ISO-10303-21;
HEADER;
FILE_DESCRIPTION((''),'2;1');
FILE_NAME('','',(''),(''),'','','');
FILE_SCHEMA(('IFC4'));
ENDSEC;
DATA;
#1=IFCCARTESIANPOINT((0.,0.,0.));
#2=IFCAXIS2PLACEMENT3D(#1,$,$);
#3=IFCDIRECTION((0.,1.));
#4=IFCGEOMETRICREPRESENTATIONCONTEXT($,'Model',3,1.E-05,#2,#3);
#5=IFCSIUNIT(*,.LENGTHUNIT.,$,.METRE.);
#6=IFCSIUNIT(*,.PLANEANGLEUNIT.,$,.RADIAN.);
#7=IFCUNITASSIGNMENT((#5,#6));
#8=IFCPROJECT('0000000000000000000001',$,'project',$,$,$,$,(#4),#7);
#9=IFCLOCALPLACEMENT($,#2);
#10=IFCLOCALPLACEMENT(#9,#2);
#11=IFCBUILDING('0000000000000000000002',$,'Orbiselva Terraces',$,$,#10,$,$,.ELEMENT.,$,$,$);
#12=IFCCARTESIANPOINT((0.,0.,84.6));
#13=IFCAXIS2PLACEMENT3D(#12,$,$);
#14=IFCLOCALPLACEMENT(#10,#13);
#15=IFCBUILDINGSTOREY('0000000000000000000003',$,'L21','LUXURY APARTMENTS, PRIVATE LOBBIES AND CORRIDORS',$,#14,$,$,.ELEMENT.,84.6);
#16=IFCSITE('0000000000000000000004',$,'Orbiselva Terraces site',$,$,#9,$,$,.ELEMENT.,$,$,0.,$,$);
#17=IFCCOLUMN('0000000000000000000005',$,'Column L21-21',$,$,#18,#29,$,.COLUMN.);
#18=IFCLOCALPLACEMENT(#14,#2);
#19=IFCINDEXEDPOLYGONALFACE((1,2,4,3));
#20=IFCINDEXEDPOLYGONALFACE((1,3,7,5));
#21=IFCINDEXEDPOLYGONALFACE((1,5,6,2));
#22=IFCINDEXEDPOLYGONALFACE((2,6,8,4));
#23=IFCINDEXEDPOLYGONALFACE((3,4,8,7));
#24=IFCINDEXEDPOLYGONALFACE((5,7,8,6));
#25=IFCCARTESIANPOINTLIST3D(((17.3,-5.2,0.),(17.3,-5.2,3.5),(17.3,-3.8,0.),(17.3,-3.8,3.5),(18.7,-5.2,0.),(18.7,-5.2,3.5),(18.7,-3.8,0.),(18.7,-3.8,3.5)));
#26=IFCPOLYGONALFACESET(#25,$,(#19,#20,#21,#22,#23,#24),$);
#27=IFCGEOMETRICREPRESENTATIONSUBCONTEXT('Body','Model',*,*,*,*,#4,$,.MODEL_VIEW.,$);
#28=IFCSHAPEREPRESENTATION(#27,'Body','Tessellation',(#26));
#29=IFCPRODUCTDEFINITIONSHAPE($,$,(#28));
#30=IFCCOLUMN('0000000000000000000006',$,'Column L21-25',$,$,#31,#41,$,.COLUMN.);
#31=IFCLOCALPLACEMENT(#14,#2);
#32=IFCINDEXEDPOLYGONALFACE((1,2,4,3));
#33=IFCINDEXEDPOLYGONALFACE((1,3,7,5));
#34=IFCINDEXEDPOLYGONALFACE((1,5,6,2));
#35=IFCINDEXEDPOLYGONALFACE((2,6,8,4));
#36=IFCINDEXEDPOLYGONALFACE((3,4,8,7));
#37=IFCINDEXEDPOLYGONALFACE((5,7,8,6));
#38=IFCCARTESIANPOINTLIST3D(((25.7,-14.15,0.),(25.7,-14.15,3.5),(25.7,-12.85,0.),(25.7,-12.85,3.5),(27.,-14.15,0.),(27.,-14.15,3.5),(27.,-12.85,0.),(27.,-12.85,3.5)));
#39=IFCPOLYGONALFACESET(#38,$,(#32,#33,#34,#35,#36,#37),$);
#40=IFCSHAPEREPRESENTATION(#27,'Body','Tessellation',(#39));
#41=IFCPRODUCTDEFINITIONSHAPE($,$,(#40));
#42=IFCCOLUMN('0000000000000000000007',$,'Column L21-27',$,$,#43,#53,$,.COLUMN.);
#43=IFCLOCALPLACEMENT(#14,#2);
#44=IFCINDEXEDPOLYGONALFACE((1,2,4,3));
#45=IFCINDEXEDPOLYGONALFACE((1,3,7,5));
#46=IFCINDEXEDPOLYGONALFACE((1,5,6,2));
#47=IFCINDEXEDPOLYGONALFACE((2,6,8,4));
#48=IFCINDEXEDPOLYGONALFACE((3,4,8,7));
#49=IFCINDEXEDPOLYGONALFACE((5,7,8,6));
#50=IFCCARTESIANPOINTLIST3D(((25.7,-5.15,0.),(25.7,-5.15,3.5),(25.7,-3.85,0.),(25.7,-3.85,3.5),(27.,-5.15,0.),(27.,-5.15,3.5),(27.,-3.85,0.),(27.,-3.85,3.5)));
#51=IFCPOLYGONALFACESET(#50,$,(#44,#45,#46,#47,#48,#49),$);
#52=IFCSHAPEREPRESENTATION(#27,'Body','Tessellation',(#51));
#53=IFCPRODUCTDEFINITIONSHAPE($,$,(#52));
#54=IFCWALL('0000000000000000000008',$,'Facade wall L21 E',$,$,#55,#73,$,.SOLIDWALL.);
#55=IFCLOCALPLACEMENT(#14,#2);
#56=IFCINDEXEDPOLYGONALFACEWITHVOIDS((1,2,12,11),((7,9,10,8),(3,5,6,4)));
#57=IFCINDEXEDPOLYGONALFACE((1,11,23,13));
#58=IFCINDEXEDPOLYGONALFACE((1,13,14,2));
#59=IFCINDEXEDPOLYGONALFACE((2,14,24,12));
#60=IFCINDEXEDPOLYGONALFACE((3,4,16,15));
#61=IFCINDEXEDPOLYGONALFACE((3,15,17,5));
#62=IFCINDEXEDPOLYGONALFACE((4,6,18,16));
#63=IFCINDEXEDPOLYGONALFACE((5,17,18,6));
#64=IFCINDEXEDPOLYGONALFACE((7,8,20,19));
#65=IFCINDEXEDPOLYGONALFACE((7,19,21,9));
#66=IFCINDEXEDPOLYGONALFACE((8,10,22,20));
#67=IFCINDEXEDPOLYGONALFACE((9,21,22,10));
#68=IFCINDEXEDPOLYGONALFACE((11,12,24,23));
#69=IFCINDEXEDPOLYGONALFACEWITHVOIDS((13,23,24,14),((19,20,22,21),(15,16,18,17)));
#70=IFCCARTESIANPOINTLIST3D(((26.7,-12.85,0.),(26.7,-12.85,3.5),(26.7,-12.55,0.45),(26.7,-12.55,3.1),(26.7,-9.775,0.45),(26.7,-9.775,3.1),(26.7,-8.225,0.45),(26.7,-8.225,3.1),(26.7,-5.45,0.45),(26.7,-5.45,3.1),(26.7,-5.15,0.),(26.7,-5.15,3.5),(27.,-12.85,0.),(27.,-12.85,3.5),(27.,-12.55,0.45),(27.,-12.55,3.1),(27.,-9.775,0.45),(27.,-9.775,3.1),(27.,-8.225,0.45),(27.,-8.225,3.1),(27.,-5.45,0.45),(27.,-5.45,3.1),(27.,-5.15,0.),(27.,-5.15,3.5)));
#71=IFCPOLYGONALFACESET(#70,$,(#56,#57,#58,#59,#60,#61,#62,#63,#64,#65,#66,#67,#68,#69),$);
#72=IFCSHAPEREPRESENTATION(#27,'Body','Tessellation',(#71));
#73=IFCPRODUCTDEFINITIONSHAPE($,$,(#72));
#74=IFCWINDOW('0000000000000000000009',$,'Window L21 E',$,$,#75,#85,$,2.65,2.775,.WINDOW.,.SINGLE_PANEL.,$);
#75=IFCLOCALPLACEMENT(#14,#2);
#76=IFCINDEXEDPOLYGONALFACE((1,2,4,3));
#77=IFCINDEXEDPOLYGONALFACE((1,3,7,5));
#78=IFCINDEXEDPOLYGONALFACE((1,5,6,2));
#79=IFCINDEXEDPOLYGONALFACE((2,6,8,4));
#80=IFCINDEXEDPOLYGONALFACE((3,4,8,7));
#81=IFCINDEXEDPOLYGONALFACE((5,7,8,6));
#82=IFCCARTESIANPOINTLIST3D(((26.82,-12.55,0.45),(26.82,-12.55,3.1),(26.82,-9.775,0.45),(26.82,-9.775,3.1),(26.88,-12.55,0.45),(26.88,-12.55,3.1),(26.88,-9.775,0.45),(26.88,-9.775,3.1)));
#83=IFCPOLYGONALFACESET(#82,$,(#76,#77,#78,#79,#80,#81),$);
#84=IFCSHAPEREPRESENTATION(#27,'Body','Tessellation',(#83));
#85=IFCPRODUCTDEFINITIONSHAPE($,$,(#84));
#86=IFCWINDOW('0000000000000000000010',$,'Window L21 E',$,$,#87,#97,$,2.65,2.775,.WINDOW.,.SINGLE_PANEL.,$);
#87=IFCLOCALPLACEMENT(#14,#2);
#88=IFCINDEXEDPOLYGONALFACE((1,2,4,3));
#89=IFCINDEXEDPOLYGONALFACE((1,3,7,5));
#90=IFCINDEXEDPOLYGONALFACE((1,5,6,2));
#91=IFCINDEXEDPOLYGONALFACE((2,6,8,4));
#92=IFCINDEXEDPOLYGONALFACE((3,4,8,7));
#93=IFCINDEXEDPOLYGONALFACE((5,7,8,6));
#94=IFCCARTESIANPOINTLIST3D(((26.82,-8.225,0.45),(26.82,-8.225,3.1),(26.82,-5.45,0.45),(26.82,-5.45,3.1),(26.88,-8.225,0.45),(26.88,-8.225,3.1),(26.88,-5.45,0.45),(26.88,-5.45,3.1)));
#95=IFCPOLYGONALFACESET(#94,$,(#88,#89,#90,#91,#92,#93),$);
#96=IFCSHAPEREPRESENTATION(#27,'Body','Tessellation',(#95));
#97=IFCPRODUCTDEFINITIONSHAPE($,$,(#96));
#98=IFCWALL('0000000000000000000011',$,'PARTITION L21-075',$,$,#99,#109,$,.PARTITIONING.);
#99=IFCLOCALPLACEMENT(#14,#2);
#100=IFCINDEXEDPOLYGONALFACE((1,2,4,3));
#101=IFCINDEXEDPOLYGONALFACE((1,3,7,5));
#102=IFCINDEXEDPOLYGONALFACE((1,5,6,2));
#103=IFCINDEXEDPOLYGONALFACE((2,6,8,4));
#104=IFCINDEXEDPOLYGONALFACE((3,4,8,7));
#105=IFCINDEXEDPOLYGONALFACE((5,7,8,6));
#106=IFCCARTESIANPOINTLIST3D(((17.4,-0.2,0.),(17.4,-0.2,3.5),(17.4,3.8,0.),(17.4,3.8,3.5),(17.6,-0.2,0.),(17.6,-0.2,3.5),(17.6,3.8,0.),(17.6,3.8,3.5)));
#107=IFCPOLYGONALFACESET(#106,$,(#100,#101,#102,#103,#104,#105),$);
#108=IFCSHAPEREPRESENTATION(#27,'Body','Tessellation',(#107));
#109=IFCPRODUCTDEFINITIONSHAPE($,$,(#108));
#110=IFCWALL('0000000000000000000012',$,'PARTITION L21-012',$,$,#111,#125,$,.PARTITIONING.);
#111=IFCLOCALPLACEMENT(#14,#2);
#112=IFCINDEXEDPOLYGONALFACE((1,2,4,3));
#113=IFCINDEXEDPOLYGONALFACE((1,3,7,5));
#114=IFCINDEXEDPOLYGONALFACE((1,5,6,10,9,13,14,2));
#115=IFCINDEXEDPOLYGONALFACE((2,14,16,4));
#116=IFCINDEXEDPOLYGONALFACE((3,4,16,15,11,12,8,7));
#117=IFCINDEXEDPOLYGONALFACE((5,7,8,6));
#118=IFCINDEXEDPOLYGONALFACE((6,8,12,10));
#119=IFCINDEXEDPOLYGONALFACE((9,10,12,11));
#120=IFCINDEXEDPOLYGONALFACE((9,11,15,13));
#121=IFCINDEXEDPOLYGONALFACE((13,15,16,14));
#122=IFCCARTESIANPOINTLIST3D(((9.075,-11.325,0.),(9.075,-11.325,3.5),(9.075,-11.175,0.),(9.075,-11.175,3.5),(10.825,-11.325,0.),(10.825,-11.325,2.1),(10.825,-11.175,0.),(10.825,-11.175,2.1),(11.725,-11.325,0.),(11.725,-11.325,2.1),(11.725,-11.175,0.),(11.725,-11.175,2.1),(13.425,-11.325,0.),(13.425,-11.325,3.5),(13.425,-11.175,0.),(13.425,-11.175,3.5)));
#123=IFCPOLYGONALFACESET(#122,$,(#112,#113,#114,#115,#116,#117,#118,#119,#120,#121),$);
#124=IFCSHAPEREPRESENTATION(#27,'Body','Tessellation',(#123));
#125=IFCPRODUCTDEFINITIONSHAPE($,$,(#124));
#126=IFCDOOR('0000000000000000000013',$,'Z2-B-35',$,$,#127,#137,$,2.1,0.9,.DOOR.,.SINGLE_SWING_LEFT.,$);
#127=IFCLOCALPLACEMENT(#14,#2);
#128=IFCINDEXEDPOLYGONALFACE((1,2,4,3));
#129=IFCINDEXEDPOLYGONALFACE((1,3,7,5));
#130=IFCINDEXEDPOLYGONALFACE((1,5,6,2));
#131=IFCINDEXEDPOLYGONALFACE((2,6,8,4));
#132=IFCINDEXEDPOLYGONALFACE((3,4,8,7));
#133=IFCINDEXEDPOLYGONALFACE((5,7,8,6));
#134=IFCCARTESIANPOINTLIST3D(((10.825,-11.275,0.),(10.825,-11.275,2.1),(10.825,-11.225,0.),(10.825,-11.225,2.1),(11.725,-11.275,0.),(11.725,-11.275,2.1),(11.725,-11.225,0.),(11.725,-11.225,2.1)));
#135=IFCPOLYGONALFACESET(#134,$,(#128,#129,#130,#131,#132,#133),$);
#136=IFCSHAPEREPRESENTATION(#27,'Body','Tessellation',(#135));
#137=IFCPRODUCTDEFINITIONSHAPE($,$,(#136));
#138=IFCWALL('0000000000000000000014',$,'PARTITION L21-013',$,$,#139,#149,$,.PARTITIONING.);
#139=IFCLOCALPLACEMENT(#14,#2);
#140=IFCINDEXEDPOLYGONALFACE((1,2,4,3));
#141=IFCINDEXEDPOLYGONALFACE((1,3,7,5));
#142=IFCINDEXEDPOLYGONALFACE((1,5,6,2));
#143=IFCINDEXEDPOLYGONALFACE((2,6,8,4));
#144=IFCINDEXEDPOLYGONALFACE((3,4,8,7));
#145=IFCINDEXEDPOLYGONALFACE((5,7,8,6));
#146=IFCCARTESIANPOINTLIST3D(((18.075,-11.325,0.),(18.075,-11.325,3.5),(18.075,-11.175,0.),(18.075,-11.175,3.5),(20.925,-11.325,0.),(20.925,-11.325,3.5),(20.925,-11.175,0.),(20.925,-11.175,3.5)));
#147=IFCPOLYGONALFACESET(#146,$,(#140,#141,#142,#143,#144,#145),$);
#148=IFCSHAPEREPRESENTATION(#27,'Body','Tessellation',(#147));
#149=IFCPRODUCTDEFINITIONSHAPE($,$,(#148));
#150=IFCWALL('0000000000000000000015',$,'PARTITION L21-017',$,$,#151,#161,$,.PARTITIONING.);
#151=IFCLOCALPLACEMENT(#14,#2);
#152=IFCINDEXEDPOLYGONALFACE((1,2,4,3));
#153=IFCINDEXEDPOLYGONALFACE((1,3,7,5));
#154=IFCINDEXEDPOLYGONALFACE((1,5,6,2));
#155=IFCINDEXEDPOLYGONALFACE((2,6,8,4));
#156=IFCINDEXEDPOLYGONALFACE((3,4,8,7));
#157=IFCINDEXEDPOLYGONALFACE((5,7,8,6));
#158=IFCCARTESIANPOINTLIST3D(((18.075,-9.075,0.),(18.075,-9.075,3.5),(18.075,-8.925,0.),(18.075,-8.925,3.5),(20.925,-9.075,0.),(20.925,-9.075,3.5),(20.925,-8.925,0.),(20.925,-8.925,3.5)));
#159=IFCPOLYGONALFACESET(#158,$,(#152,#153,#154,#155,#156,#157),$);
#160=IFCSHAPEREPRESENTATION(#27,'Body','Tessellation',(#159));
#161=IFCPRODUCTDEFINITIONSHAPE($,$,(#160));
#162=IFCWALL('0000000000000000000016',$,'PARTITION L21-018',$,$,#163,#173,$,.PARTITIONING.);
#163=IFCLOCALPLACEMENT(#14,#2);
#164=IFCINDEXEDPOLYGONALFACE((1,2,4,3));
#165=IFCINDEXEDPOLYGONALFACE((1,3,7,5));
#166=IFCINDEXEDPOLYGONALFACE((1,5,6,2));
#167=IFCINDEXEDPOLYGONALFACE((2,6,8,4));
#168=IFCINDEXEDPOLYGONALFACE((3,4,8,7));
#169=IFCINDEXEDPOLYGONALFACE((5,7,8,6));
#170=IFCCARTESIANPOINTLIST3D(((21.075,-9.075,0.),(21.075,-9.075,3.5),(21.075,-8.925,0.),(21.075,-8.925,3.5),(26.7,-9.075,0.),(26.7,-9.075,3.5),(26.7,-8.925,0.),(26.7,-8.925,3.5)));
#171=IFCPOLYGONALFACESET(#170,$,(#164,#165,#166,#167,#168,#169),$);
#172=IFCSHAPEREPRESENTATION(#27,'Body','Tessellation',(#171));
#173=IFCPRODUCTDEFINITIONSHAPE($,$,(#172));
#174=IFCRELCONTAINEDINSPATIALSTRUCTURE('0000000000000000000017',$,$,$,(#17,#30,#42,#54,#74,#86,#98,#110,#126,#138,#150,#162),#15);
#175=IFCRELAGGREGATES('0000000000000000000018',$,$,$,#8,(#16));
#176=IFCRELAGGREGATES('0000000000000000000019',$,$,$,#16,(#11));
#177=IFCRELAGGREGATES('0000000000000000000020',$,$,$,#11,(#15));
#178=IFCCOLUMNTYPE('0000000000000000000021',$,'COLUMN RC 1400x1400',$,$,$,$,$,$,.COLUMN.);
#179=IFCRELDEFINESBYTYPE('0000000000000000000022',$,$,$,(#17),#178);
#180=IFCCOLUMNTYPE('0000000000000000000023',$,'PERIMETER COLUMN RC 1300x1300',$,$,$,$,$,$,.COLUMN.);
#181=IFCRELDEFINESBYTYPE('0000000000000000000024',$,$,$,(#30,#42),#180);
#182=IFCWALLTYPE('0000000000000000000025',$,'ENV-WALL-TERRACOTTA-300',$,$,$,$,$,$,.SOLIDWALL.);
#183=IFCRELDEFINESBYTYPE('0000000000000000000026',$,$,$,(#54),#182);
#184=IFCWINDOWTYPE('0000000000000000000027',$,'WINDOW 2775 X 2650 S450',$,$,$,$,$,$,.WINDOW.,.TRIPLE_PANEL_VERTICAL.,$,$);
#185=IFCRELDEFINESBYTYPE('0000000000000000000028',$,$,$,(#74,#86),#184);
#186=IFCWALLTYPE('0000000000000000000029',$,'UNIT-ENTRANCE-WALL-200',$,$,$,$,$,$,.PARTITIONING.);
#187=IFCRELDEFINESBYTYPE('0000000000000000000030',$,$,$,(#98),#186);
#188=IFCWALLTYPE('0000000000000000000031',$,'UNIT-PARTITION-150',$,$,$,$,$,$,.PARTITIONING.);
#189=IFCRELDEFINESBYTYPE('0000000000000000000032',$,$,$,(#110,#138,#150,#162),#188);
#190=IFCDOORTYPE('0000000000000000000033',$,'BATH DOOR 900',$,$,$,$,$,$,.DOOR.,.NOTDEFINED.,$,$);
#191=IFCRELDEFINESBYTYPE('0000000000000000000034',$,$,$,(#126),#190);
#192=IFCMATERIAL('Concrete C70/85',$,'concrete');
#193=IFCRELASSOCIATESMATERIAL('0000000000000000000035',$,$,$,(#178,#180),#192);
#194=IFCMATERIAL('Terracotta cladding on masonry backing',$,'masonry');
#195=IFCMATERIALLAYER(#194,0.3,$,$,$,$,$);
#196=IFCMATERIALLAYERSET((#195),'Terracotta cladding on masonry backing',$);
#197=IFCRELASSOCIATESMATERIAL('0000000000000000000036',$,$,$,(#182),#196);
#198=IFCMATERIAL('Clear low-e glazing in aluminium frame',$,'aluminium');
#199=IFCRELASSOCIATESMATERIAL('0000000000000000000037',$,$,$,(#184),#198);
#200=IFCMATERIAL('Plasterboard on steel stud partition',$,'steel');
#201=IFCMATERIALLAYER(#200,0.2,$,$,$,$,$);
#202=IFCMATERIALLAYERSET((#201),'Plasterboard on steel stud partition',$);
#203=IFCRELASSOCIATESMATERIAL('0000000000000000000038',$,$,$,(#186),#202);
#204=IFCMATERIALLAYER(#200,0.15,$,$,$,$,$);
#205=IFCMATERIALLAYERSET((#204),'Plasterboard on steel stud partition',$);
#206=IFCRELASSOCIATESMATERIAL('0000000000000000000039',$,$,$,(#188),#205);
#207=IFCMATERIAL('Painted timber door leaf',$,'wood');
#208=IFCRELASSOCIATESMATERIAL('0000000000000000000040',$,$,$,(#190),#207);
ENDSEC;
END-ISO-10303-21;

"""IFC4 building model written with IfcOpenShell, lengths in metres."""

from ifc_helpers import new_model, si_unit, direction, frame, frame_2d, origin, origin_2d, place, context, subcontext, project, spatial, rectangle, extrude, material, layer, layer_set, material_profile, profile_set, type_object, element, fill, save


model = new_model("IFC4")

# Units and contexts
model_context = context("Model", 3, precision=1e-05, world=origin(), true_north=direction((0.0, 1.0)))
body_context = subcontext(model_context, "Body", "Model", "MODEL_VIEW")
ifc_project = project(units=[si_unit("LENGTHUNIT", "METRE"), si_unit("PLANEANGLEUNIT", "RADIAN")], contexts=[model_context])

# Site, building, storey
site_placement = place(None, origin())
site = spatial("IfcSite", under=ifc_project, at=site_placement, Name="Orbiselva Terraces site", CompositionType="ELEMENT", RefElevation=0.0)
building_placement = place(site_placement, origin())
building = spatial("IfcBuilding", under=site, at=building_placement, Name="Orbiselva Terraces", CompositionType="ELEMENT")
storey_placement = place(building_placement, frame((0.0, 0.0, 84.6)))
storey = spatial("IfcBuildingStorey", under=building, at=storey_placement, Name="L21", Description="LUXURY APARTMENTS, PRIVATE LOBBIES AND CORRIDORS", CompositionType="ELEMENT", Elevation=84.6)

# Columns
ifc_material_1 = material(Name="Concrete C70/85", Category="concrete")
ifc_material_profile_1 = material_profile(ifc_material_1, rectangle(XDim=1.4, YDim=1.4, at=origin_2d()), Name="RC 1400x1400")
ifc_profile_set_1 = profile_set([ifc_material_profile_1], Name="Concrete C70/85")
column_type_1 = type_object("IfcColumnType", Name="COLUMN RC 1400x1400", PredefinedType="COLUMN", material=ifc_profile_set_1)
column_placement = place(storey_placement, frame((18.0, -4.5, 0.0), z_axis=(0.0, 0.0, 1.0), x_axis=(1.0, 0.0, 0.0)))
element("IfcColumn", 1, at=column_placement, inside=storey, type_object=column_type_1, Name="Column L21-21", PredefinedType="COLUMN", context=body_context, shape_type="SweptSolid", body=[
    extrude(rectangle(XDim=1.4, YDim=1.4, at=origin_2d()), origin(), (0.0, 0.0, 1.0), 3.5),
])
ifc_material_profile_2 = material_profile(ifc_material_1, rectangle(XDim=1.3, YDim=1.3, at=origin_2d()), Name="RC 1300x1300")
ifc_profile_set_2 = profile_set([ifc_material_profile_2], Name="Concrete C70/85")
column_type_2 = type_object("IfcColumnType", Name="PERIMETER COLUMN RC 1300x1300", PredefinedType="COLUMN", material=ifc_profile_set_2)
for number, where, z_axis, x_axis, name in (
    (2, (26.35, -13.5, 0.0), (0.0, 0.0, 1.0), (1.0, 0.0, 0.0), "Column L21-25"),
    (3, (26.35, -4.5, 0.0), (0.0, 0.0, 1.0), (1.0, 0.0, 0.0), "Column L21-27"),
):
    element("IfcColumn", number, at=place(storey_placement, frame(where, z_axis=z_axis, x_axis=x_axis)), inside=storey, type_object=column_type_2, Name=name, PredefinedType="COLUMN", context=body_context, shape_type="SweptSolid", body=[
        extrude(rectangle(XDim=1.3, YDim=1.3, at=origin_2d()), origin(), (0.0, 0.0, 1.0), 3.5),
    ])

# Wall, openings, windows
ifc_material_2 = material(Name="Terracotta cladding on masonry backing", Category="masonry")
ifc_layer_1 = layer(ifc_material_2, 0.3)
ifc_layer_set_1 = layer_set([ifc_layer_1], Name="Terracotta cladding on masonry backing")
wall_type_1 = type_object("IfcWallType", Name="ENV-WALL-TERRACOTTA-300", PredefinedType="SOLIDWALL", material=ifc_layer_set_1)
wall_1_placement = place(storey_placement, frame((26.85, -5.15, 0.0), z_axis=(0.0, 0.0, 1.0), x_axis=(0.0, -1.0, 0.0)))
wall_1 = element("IfcWall", 4, at=wall_1_placement, inside=storey, type_object=wall_type_1, Name="Facade wall L21 E", PredefinedType="SOLIDWALL", context=body_context, shape_type="SweptSolid", body=[
    extrude(rectangle(XDim=7.7, YDim=0.3, at=frame_2d((3.85, 0.0))), origin(), (0.0, 0.0, 1.0), 3.5),
])
opening_1_placement = place(wall_1_placement, frame((4.625, 0.0, 0.45)))
opening_1 = element("IfcOpeningElement", 5, at=opening_1_placement, cuts=wall_1, PredefinedType="OPENING", context=body_context, shape_type="SweptSolid", body=[
    extrude(rectangle(XDim=2.775, YDim=2.65, at=frame_2d((1.3875, 1.325))), frame((0.0, 0.16, 0.0), z_axis=(0.0, -1.0, 0.0), x_axis=(1.0, 0.0, 0.0)), (0.0, 0.0, 1.0), 0.32),
])
opening_2_placement = place(wall_1_placement, frame((0.3, 0.0, 0.45)))
opening_2 = element("IfcOpeningElement", 6, at=opening_2_placement, cuts=wall_1, PredefinedType="OPENING", context=body_context, shape_type="SweptSolid", body=[
    extrude(rectangle(XDim=2.775, YDim=2.65, at=frame_2d((1.3875, 1.325))), frame((0.0, 0.16, 0.0), z_axis=(0.0, -1.0, 0.0), x_axis=(1.0, 0.0, 0.0)), (0.0, 0.0, 1.0), 0.32),
])
ifc_material_3 = material(Name="Clear low-e glazing in aluminium frame", Category="aluminium")
window_type = type_object("IfcWindowType", Name="WINDOW 2775 X 2650 S450", PartitioningType="TRIPLE_PANEL_VERTICAL", PredefinedType="WINDOW", material=ifc_material_3)
window_1_placement = place(opening_1_placement, origin())
window_1 = element("IfcWindow", 7, at=window_1_placement, inside=storey, type_object=window_type, Name="Window L21 E", OverallHeight=2.65, OverallWidth=2.775, PartitioningType="SINGLE_PANEL", PredefinedType="WINDOW", context=body_context, shape_type="SweptSolid", body=[
    extrude(rectangle(XDim=2.775, YDim=2.65, at=frame_2d((1.3875, 1.325))), frame((0.0, 0.03, 0.0), z_axis=(0.0, -1.0, 0.0), x_axis=(1.0, 0.0, 0.0)), (0.0, 0.0, 1.0), 0.06),
])
fill(opening_1, window_1)
window_2_placement = place(opening_2_placement, origin())
window_2 = element("IfcWindow", 8, at=window_2_placement, inside=storey, type_object=window_type, Name="Window L21 E", OverallHeight=2.65, OverallWidth=2.775, PartitioningType="SINGLE_PANEL", PredefinedType="WINDOW", context=body_context, shape_type="SweptSolid", body=[
    extrude(rectangle(XDim=2.775, YDim=2.65, at=frame_2d((1.3875, 1.325))), frame((0.0, 0.03, 0.0), z_axis=(0.0, -1.0, 0.0), x_axis=(1.0, 0.0, 0.0)), (0.0, 0.0, 1.0), 0.06),
])
fill(opening_2, window_2)

# Wall
ifc_material_4 = material(Name="Plasterboard on steel stud partition", Category="steel")
ifc_layer_2 = layer(ifc_material_4, 0.2)
ifc_layer_set_2 = layer_set([ifc_layer_2], Name="Plasterboard on steel stud partition")
wall_type_2 = type_object("IfcWallType", Name="UNIT-ENTRANCE-WALL-200", PredefinedType="PARTITIONING", material=ifc_layer_set_2)
wall_2_placement = place(storey_placement, frame((17.5, -0.2, 0.0), z_axis=(0.0, 0.0, 1.0), x_axis=(0.0, 1.0, 0.0)))
element("IfcWall", 9, at=wall_2_placement, inside=storey, type_object=wall_type_2, Name="PARTITION L21-075", PredefinedType="PARTITIONING", context=body_context, shape_type="SweptSolid", body=[
    extrude(rectangle(XDim=4.0, YDim=0.2, at=frame_2d((2.0, 0.0))), origin(), (0.0, 0.0, 1.0), 3.5),
])

# Wall, opening, door
ifc_layer_3 = layer(ifc_material_4, 0.15)
ifc_layer_set_3 = layer_set([ifc_layer_3], Name="Plasterboard on steel stud partition")
wall_type_3 = type_object("IfcWallType", Name="UNIT-PARTITION-150", PredefinedType="PARTITIONING", material=ifc_layer_set_3)
wall_3_placement = place(storey_placement, frame((13.425, -11.25, 0.0), z_axis=(0.0, 0.0, 1.0), x_axis=(-1.0, 0.0, 0.0)))
wall_3 = element("IfcWall", 10, at=wall_3_placement, inside=storey, type_object=wall_type_3, Name="PARTITION L21-012", PredefinedType="PARTITIONING", context=body_context, shape_type="SweptSolid", body=[
    extrude(rectangle(XDim=4.35, YDim=0.15, at=frame_2d((2.175, 0.0))), origin(), (0.0, 0.0, 1.0), 3.5),
])
opening_3_placement = place(wall_3_placement, frame((1.7, 0.0, 0.0)))
opening_3 = element("IfcOpeningElement", 11, at=opening_3_placement, cuts=wall_3, PredefinedType="OPENING", context=body_context, shape_type="SweptSolid", body=[
    extrude(rectangle(XDim=0.9, YDim=2.1, at=frame_2d((0.45, 1.05))), frame((0.0, 0.085, 0.0), z_axis=(0.0, -1.0, 0.0), x_axis=(1.0, 0.0, 0.0)), (0.0, 0.0, 1.0), 0.17),
])
ifc_material_5 = material(Name="Painted timber door leaf", Category="wood")
door_type_1 = type_object("IfcDoorType", Name="BATH DOOR 900", OperationType="NOTDEFINED", PredefinedType="DOOR", material=ifc_material_5)
door_1_placement = place(opening_3_placement, origin())
door_1 = element("IfcDoor", 12, at=door_1_placement, inside=storey, type_object=door_type_1, Name="Z2-B-35", OperationType="SINGLE_SWING_LEFT", OverallHeight=2.1, OverallWidth=0.9, PredefinedType="DOOR", context=body_context, shape_type="SweptSolid", body=[
    extrude(rectangle(XDim=0.9, YDim=2.1, at=frame_2d((0.45, 1.05))), frame((0.0, 0.025, 0.0), z_axis=(0.0, -1.0, 0.0), x_axis=(1.0, 0.0, 0.0)), (0.0, 0.0, 1.0), 0.05),
])
fill(opening_3, door_1)

# Walls
for number, where, z_axis, x_axis, name in (
    (13, (18.075, -11.25, 0.0), (0.0, 0.0, 1.0), (1.0, 0.0, 0.0), "PARTITION L21-013"),
    (14, (18.075, -9.0, 0.0), (0.0, 0.0, 1.0), (1.0, 0.0, 0.0), "PARTITION L21-017"),
):
    element("IfcWall", number, at=place(storey_placement, frame(where, z_axis=z_axis, x_axis=x_axis)), inside=storey, type_object=wall_type_3, Name=name, PredefinedType="PARTITIONING", context=body_context, shape_type="SweptSolid", body=[
        extrude(rectangle(XDim=2.85, YDim=0.15, at=frame_2d((1.425, 0.0))), origin(), (0.0, 0.0, 1.0), 3.5),
    ])
wall_4_placement = place(storey_placement, frame((21.075, -9.0, 0.0), z_axis=(0.0, 0.0, 1.0), x_axis=(1.0, 0.0, 0.0)))
element("IfcWall", 15, at=wall_4_placement, inside=storey, type_object=wall_type_3, Name="PARTITION L21-018", PredefinedType="PARTITIONING", context=body_context, shape_type="SweptSolid", body=[
    extrude(rectangle(XDim=5.625, YDim=0.15, at=frame_2d((2.8125, 0.0))), origin(), (0.0, 0.0, 1.0), 3.5),
])

save(model, "model.ifc")
